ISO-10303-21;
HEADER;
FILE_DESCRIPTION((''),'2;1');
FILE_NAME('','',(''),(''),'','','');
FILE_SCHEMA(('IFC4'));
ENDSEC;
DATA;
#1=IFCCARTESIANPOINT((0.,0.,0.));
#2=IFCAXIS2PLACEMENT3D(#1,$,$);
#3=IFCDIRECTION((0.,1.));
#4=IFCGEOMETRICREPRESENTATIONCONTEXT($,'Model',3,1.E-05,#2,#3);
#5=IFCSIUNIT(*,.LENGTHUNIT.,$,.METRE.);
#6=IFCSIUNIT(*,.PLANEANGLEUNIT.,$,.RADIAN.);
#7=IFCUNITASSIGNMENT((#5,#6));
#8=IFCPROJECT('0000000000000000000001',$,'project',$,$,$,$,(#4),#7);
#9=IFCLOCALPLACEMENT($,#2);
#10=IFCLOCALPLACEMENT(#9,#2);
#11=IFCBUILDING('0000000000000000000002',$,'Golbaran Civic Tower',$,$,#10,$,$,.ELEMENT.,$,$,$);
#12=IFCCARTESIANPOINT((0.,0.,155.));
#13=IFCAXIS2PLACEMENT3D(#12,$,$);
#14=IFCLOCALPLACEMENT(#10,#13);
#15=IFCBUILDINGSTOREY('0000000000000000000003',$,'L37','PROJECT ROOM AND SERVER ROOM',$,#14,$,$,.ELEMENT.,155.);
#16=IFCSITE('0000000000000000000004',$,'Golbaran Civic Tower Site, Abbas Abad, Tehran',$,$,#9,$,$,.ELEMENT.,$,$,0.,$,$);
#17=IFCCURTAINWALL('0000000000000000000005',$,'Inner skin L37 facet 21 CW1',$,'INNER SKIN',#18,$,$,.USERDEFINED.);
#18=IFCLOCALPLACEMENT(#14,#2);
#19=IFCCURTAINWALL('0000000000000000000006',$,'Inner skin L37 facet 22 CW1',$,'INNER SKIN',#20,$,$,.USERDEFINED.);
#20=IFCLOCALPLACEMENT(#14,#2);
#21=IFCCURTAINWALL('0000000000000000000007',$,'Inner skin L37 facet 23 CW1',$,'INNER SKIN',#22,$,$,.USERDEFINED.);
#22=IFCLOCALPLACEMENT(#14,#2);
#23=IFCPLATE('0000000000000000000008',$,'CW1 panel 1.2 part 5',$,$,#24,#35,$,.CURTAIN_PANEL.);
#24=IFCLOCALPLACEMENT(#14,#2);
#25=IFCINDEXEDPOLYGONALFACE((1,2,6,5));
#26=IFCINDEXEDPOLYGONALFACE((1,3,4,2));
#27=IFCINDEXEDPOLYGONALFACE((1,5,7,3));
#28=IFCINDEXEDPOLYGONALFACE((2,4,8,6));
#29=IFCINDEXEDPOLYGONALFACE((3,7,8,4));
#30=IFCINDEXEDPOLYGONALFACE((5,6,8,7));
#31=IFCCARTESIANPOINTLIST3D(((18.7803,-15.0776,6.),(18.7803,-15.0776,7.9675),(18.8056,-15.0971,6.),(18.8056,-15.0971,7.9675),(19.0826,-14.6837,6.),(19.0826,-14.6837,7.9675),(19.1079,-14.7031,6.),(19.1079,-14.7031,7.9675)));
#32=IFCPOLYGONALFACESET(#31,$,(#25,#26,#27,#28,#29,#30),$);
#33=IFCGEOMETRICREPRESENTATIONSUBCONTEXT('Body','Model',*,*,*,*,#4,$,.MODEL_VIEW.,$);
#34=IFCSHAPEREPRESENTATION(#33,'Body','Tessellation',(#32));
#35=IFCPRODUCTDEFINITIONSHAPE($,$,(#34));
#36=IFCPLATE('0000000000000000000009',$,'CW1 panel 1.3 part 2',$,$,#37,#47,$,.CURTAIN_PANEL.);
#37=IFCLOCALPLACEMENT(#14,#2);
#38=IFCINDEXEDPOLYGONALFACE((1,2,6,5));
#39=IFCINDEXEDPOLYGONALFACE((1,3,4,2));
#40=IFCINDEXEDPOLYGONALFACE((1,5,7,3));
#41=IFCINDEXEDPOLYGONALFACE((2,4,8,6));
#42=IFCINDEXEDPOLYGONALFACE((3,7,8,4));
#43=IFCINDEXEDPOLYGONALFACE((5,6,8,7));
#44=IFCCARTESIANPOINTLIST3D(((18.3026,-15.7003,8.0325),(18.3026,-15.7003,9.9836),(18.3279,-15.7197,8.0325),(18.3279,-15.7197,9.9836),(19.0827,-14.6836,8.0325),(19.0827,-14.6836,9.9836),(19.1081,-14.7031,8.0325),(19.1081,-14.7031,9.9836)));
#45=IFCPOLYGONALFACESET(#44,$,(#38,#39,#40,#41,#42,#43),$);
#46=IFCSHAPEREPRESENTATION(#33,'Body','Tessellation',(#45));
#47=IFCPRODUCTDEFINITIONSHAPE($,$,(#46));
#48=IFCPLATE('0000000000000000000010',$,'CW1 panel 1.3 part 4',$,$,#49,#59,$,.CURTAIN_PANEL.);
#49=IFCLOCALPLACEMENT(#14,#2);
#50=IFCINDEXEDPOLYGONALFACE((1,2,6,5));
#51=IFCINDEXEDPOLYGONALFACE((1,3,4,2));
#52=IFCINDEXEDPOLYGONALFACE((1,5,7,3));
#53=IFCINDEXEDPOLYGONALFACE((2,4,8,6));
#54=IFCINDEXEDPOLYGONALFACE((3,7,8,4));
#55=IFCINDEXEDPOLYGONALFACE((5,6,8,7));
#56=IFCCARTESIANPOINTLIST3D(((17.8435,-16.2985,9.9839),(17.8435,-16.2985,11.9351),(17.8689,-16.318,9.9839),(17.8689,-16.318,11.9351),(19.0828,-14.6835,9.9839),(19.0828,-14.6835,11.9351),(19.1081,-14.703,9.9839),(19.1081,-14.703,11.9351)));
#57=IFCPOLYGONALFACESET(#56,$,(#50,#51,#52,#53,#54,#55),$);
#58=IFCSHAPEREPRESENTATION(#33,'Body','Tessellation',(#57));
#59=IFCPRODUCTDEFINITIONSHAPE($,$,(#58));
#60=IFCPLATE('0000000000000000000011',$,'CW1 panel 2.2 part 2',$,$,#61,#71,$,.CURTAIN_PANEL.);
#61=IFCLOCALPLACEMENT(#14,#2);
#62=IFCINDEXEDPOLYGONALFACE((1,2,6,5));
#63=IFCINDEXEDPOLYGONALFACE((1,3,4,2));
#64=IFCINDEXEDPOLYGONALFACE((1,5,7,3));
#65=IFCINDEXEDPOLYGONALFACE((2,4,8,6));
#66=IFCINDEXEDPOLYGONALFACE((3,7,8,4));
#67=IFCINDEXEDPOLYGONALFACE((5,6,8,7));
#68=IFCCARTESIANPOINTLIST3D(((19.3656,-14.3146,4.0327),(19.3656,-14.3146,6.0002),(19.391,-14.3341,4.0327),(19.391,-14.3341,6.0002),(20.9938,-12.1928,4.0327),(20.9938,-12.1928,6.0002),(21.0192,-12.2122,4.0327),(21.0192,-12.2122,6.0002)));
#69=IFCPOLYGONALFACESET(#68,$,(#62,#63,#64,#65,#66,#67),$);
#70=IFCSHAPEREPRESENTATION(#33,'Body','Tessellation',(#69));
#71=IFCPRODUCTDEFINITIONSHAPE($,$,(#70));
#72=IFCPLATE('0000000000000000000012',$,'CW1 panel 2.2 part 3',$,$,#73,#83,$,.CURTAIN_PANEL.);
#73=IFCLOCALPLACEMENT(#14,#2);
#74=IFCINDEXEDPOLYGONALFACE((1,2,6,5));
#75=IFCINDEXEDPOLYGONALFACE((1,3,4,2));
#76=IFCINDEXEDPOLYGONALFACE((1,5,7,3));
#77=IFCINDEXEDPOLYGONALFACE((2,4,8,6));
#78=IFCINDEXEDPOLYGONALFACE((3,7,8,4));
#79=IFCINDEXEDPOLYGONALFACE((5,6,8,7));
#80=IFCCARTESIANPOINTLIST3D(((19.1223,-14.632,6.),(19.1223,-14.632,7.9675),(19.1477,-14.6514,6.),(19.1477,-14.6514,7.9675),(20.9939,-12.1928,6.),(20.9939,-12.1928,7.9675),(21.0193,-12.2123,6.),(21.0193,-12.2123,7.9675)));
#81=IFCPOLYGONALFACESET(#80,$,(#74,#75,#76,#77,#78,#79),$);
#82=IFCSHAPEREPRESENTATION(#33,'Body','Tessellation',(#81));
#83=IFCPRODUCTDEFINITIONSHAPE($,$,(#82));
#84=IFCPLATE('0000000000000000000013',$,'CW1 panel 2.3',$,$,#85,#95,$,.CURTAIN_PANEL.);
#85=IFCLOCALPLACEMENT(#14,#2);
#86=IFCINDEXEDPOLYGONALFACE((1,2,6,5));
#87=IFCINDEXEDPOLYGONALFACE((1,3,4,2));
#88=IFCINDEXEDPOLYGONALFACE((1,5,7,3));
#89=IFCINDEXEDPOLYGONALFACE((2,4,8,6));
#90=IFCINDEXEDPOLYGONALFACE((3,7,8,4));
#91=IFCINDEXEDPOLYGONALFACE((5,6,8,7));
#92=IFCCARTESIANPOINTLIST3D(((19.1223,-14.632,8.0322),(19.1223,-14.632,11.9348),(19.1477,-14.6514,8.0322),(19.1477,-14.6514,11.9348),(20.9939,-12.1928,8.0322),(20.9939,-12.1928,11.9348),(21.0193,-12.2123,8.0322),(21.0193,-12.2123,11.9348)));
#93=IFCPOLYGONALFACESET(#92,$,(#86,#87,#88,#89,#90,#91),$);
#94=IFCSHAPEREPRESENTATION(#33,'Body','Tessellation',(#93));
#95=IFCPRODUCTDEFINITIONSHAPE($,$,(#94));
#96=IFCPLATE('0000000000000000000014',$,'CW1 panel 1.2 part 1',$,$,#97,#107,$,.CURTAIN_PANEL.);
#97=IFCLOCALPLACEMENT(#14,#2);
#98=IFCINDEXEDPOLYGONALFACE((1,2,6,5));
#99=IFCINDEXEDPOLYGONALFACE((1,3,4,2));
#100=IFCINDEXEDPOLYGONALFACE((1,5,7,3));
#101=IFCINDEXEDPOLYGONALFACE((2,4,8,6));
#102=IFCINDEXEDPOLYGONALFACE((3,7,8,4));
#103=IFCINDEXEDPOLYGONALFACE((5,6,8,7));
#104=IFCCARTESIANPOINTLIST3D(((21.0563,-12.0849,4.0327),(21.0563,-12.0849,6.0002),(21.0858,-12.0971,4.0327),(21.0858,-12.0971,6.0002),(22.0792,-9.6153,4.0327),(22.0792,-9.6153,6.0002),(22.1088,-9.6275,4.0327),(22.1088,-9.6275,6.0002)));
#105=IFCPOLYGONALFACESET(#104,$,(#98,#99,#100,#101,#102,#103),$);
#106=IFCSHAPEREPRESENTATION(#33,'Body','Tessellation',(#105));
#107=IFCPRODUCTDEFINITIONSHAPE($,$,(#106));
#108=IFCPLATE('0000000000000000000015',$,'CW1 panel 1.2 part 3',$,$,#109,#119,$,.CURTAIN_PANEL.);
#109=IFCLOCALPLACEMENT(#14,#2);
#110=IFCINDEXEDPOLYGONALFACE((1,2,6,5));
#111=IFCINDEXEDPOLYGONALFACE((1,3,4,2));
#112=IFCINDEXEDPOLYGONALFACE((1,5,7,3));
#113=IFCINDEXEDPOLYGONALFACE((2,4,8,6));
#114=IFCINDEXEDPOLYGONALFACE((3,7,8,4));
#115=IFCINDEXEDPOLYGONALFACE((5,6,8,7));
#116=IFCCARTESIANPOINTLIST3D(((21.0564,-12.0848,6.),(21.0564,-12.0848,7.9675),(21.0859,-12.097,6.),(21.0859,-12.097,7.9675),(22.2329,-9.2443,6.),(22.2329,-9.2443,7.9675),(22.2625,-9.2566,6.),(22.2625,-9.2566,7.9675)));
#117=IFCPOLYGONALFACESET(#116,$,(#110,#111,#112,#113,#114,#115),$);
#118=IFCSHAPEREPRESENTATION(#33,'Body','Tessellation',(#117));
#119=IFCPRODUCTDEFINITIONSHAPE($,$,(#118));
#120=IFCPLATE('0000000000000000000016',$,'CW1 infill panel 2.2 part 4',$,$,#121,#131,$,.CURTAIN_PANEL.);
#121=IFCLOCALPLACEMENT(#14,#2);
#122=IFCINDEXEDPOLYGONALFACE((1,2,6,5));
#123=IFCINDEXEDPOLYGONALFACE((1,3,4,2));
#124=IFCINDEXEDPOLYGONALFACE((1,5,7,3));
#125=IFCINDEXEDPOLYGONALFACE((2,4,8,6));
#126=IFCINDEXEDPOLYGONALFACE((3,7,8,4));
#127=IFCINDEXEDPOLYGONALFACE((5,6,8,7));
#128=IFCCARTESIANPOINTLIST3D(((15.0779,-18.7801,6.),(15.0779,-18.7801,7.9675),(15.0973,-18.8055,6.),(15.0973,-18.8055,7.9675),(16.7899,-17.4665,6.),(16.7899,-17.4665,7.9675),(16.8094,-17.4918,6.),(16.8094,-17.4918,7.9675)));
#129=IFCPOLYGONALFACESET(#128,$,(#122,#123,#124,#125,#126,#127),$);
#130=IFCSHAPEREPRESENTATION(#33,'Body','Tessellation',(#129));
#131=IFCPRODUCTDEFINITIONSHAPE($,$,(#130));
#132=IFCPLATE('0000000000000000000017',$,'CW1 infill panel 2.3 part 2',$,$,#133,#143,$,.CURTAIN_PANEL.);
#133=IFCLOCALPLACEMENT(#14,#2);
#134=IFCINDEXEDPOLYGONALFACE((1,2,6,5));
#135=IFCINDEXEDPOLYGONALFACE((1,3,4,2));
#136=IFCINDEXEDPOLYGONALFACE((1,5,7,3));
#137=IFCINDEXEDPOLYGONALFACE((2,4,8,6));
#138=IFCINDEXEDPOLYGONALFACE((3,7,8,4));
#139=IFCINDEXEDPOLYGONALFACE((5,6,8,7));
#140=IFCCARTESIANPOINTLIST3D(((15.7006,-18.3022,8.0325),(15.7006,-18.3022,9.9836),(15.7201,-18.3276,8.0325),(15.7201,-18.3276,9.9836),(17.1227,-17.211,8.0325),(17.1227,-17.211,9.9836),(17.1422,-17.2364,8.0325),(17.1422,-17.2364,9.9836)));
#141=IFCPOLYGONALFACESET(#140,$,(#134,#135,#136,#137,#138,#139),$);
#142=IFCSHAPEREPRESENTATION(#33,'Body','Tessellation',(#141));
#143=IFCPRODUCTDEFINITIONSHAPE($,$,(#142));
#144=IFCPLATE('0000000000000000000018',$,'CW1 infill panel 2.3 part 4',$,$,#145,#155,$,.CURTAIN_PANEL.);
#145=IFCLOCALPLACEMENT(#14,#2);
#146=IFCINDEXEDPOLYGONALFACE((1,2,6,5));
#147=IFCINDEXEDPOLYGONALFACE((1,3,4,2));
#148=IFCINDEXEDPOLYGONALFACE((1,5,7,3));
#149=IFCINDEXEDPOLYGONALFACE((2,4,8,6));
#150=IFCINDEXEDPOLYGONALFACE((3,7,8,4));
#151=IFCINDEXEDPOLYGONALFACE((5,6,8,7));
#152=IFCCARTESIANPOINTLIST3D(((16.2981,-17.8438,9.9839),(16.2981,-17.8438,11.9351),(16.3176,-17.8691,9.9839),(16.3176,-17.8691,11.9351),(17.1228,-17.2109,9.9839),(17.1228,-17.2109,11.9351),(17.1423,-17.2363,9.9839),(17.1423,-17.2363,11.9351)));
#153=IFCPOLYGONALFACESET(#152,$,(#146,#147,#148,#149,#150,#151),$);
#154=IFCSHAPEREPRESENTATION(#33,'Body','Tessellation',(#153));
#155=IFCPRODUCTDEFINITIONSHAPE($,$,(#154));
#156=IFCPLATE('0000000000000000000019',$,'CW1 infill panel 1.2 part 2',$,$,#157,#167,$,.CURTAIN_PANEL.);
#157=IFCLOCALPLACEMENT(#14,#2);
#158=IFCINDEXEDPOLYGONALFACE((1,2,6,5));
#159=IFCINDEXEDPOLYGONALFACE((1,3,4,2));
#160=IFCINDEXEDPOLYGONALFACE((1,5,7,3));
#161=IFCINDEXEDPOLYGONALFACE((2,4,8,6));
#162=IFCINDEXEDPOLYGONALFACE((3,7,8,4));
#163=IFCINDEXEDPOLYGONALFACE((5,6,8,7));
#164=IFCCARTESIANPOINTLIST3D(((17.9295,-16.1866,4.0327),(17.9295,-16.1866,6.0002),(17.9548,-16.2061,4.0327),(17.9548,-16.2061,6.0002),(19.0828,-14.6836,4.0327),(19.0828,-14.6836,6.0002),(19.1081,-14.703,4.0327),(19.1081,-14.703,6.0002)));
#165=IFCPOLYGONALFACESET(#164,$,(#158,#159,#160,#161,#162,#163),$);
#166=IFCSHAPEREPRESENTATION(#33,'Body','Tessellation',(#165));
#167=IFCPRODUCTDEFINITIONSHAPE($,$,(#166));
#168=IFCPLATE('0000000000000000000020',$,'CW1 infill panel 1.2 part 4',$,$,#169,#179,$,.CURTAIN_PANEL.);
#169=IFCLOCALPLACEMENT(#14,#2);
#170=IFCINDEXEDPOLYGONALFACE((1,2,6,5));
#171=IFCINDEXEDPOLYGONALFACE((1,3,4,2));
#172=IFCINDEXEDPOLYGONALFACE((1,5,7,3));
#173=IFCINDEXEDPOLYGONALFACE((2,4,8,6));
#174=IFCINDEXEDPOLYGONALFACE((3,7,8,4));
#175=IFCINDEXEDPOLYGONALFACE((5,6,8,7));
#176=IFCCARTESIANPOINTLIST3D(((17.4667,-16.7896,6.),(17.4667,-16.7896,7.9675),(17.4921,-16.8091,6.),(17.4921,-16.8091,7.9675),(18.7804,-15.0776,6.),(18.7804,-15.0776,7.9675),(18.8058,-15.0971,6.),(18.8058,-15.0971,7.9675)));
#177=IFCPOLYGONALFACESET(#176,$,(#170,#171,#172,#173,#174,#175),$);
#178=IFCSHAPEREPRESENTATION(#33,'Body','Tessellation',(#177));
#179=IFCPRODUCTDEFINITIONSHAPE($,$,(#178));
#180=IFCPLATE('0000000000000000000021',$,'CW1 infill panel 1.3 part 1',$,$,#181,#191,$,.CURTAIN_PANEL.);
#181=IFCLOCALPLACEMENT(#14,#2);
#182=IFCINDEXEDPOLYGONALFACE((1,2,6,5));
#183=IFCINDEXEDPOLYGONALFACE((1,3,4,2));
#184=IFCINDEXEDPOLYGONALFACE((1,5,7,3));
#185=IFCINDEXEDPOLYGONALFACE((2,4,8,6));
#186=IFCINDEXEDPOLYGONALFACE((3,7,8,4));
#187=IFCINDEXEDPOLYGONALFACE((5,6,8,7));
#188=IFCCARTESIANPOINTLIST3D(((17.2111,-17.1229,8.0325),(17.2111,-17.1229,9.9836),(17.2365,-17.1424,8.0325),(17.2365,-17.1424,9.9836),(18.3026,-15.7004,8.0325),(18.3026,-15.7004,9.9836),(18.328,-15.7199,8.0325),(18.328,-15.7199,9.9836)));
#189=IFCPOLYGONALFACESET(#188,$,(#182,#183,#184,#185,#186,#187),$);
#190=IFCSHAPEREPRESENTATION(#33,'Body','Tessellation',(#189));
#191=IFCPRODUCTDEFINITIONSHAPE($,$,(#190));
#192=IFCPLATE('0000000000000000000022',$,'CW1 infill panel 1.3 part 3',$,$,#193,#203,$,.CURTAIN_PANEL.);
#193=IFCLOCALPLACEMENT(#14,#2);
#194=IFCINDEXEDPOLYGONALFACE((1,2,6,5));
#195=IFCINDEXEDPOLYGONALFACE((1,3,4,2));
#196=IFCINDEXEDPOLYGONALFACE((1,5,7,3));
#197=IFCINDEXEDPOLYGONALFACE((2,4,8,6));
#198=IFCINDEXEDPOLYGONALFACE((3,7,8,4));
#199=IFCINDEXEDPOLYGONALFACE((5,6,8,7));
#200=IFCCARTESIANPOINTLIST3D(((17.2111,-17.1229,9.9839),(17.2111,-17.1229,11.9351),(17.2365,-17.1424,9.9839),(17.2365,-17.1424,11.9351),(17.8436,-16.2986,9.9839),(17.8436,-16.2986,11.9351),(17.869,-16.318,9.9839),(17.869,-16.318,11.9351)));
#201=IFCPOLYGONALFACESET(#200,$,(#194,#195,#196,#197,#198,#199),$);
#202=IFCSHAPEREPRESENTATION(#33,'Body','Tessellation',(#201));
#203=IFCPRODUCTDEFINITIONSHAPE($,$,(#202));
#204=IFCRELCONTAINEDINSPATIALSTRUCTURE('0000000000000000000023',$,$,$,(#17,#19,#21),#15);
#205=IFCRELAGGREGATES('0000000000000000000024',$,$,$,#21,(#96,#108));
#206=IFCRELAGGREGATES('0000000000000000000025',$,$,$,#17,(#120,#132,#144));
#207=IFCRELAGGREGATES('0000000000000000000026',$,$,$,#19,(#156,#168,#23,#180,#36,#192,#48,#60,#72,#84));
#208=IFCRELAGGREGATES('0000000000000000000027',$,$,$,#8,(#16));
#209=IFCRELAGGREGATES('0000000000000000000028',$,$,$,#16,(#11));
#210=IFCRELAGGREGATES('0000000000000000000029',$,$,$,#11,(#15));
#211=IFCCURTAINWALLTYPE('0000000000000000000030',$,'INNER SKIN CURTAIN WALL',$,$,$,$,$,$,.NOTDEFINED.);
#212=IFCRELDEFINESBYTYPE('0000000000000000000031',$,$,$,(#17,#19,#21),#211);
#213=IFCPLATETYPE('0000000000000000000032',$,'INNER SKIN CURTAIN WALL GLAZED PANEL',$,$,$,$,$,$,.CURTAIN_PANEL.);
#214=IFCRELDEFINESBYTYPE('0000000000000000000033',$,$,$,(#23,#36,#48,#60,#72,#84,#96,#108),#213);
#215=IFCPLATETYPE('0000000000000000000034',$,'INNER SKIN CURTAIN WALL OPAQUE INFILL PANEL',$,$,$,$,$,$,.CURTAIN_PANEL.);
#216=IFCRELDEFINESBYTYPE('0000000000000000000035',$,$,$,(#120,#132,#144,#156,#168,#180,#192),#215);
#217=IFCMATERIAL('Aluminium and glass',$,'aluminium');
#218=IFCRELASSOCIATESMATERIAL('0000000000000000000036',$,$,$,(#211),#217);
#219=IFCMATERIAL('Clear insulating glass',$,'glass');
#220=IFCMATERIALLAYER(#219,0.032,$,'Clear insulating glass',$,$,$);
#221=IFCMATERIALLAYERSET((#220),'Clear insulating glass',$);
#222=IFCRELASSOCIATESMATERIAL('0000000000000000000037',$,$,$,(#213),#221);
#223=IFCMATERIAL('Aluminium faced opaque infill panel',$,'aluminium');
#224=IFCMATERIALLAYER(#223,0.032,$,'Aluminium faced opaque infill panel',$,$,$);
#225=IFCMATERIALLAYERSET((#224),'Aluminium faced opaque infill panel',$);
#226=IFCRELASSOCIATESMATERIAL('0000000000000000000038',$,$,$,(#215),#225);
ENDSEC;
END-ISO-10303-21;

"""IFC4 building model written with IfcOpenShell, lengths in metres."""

from ifc_helpers import new_model, si_unit, direction, frame, origin, origin_2d, place, context, subcontext, project, spatial, rectangle, extrude, material, layer, layer_set, type_object, element, aggregate, save


model = new_model("IFC4")

# Units and contexts
model_context = context("Model", 3, precision=1e-05, world=origin(), true_north=direction((0.0, 1.0)))
body_context = subcontext(model_context, "Body", "Model", "MODEL_VIEW")
ifc_project = project(units=[si_unit("LENGTHUNIT", "METRE"), si_unit("PLANEANGLEUNIT", "RADIAN")], contexts=[model_context])

# Site, building, storey
site_placement = place(None, origin())
site = spatial("IfcSite", under=ifc_project, at=site_placement, Name="Golbaran Civic Tower Site, Abbas Abad, Tehran", CompositionType="ELEMENT", RefElevation=0.0)
building_placement = place(site_placement, origin())
building = spatial("IfcBuilding", under=site, at=building_placement, Name="Golbaran Civic Tower", CompositionType="ELEMENT")
storey_placement = place(building_placement, frame((0.0, 0.0, 155.0)))
storey = spatial("IfcBuildingStorey", under=building, at=storey_placement, Name="L37", Description="PROJECT ROOM AND SERVER ROOM", CompositionType="ELEMENT", Elevation=155.0)

# Curtain walls
ifc_material_1 = material(Name="Aluminium and glass", Category="aluminium")
curtain_wall_type = type_object("IfcCurtainWallType", Name="INNER SKIN CURTAIN WALL", PredefinedType="NOTDEFINED", material=ifc_material_1)
curtain_wall_1_placement = place(storey_placement, origin())
curtain_wall_1 = element("IfcCurtainWall", 1, at=curtain_wall_1_placement, inside=storey, type_object=curtain_wall_type, Name="Inner skin L37 facet 21 CW1", ObjectType="INNER SKIN", PredefinedType="USERDEFINED")
curtain_wall_2_placement = place(storey_placement, origin())
curtain_wall_2 = element("IfcCurtainWall", 2, at=curtain_wall_2_placement, inside=storey, type_object=curtain_wall_type, Name="Inner skin L37 facet 22 CW1", ObjectType="INNER SKIN", PredefinedType="USERDEFINED")
curtain_wall_3_placement = place(storey_placement, origin())
curtain_wall_3 = element("IfcCurtainWall", 3, at=curtain_wall_3_placement, inside=storey, type_object=curtain_wall_type, Name="Inner skin L37 facet 23 CW1", ObjectType="INNER SKIN", PredefinedType="USERDEFINED")

# Plates
ifc_material_2 = material(Name="Clear insulating glass", Category="glass")
ifc_layer_1 = layer(ifc_material_2, 0.032, Name="Clear insulating glass")
ifc_layer_set_1 = layer_set([ifc_layer_1], Name="Clear insulating glass")
plate_type_1 = type_object("IfcPlateType", Name="INNER SKIN CURTAIN WALL GLAZED PANEL", PredefinedType="CURTAIN_PANEL", material=ifc_layer_set_1)
plate_1_placement = place(storey_placement, frame((18.9441, -14.8904, 6.0), z_axis=(0.0, 0.0, 1.0), x_axis=(0.608761, 0.793353, 0.0)))
plate_1 = element("IfcPlate", 4, at=plate_1_placement, type_object=plate_type_1, Name="CW1 panel 1.2 part 5", PredefinedType="CURTAIN_PANEL", context=body_context, shape_type="SweptSolid", body=[
    extrude(rectangle(XDim=0.4966, YDim=0.032, at=origin_2d()), origin(), (0.0, 0.0, 1.0), 1.9675),
])
plate_2_placement = place(storey_placement, frame((18.7053, -15.2017, 8.0325), z_axis=(0.0, 0.0, 1.0), x_axis=(0.608761, 0.793353, 0.0)))
plate_2 = element("IfcPlate", 5, at=plate_2_placement, type_object=plate_type_1, Name="CW1 panel 1.3 part 2", PredefinedType="CURTAIN_PANEL", context=body_context, shape_type="SweptSolid", body=[
    extrude(rectangle(XDim=1.2815, YDim=0.032, at=origin_2d()), origin(), (0.0, 0.0, 1.0), 1.9512),
])
plate_3_placement = place(storey_placement, frame((18.4758, -15.5007, 9.9839), z_axis=(0.0, 0.0, 1.0), x_axis=(0.608761, 0.793353, 0.0)))
plate_3 = element("IfcPlate", 6, at=plate_3_placement, type_object=plate_type_1, Name="CW1 panel 1.3 part 4", PredefinedType="CURTAIN_PANEL", context=body_context, shape_type="SweptSolid", body=[
    extrude(rectangle(XDim=2.0356, YDim=0.032, at=origin_2d()), origin(), (0.0, 0.0, 1.0), 1.9512),
])
plate_4_placement = place(storey_placement, frame((20.1924, -13.2634, 4.0327), z_axis=(0.0, 0.0, 1.0), x_axis=(0.608761, 0.793353, 0.0)))
plate_4 = element("IfcPlate", 7, at=plate_4_placement, type_object=plate_type_1, Name="CW1 panel 2.2 part 2", PredefinedType="CURTAIN_PANEL", context=body_context, shape_type="SweptSolid", body=[
    extrude(rectangle(XDim=2.6746, YDim=0.032, at=origin_2d()), origin(), (0.0, 0.0, 1.0), 1.9675),
])
plate_5_placement = place(storey_placement, frame((20.0708, -13.4221, 6.0), z_axis=(0.0, 0.0, 1.0), x_axis=(0.608761, 0.793353, 0.0)))
plate_5 = element("IfcPlate", 8, at=plate_5_placement, type_object=plate_type_1, Name="CW1 panel 2.2 part 3", PredefinedType="CURTAIN_PANEL", context=body_context, shape_type="SweptSolid", body=[
    extrude(rectangle(XDim=3.0745, YDim=0.032, at=origin_2d()), origin(), (0.0, 0.0, 1.0), 1.9675),
])
plate_6_placement = place(storey_placement, frame((20.0708, -13.4221, 8.0322), z_axis=(0.0, 0.0, 1.0), x_axis=(0.608761, 0.793353, 0.0)))
plate_6 = element("IfcPlate", 9, at=plate_6_placement, type_object=plate_type_1, Name="CW1 panel 2.3", PredefinedType="CURTAIN_PANEL", context=body_context, shape_type="SweptSolid", body=[
    extrude(rectangle(XDim=3.0745, YDim=0.032, at=origin_2d()), origin(), (0.0, 0.0, 1.0), 3.9026),
])
plate_7_placement = place(storey_placement, frame((21.5825, -10.8562, 4.0327), z_axis=(0.0, 0.0, 1.0), x_axis=(0.382683, 0.92388, 0.0)))
plate_7 = element("IfcPlate", 10, at=plate_7_placement, type_object=plate_type_1, Name="CW1 panel 1.2 part 1", PredefinedType="CURTAIN_PANEL", context=body_context, shape_type="SweptSolid", body=[
    extrude(rectangle(XDim=2.6731, YDim=0.032, at=origin_2d()), origin(), (0.0, 0.0, 1.0), 1.9675),
])
plate_8_placement = place(storey_placement, frame((21.6594, -10.6707, 6.0), z_axis=(0.0, 0.0, 1.0), x_axis=(0.382683, 0.92388, 0.0)))
plate_8 = element("IfcPlate", 11, at=plate_8_placement, type_object=plate_type_1, Name="CW1 panel 1.2 part 3", PredefinedType="CURTAIN_PANEL", context=body_context, shape_type="SweptSolid", body=[
    extrude(rectangle(XDim=3.0745, YDim=0.032, at=origin_2d()), origin(), (0.0, 0.0, 1.0), 1.9675),
])
aggregate(curtain_wall_3, [plate_7, plate_8])
ifc_material_3 = material(Name="Aluminium faced opaque infill panel", Category="aluminium")
ifc_layer_2 = layer(ifc_material_3, 0.032, Name="Aluminium faced opaque infill panel")
ifc_layer_set_2 = layer_set([ifc_layer_2], Name="Aluminium faced opaque infill panel")
plate_type_2 = type_object("IfcPlateType", Name="INNER SKIN CURTAIN WALL OPAQUE INFILL PANEL", PredefinedType="CURTAIN_PANEL", material=ifc_layer_set_2)
plate_9_placement = place(storey_placement, frame((15.9436, -18.136, 6.0), z_axis=(0.0, 0.0, 1.0), x_axis=(0.793353, 0.608761, 0.0)))
plate_9 = element("IfcPlate", 12, at=plate_9_placement, type_object=plate_type_2, Name="CW1 infill panel 2.2 part 4", PredefinedType="CURTAIN_PANEL", context=body_context, shape_type="SweptSolid", body=[
    extrude(rectangle(XDim=2.158, YDim=0.032, at=origin_2d()), origin(), (0.0, 0.0, 1.0), 1.9675),
])
plate_10_placement = place(storey_placement, frame((16.4214, -17.7693, 8.0325), z_axis=(0.0, 0.0, 1.0), x_axis=(0.793353, 0.608761, 0.0)))
plate_10 = element("IfcPlate", 13, at=plate_10_placement, type_object=plate_type_2, Name="CW1 infill panel 2.3 part 2", PredefinedType="CURTAIN_PANEL", context=body_context, shape_type="SweptSolid", body=[
    extrude(rectangle(XDim=1.7925, YDim=0.032, at=origin_2d()), origin(), (0.0, 0.0, 1.0), 1.9512),
])
plate_11_placement = place(storey_placement, frame((16.7202, -17.54, 9.9839), z_axis=(0.0, 0.0, 1.0), x_axis=(0.793353, 0.608761, 0.0)))
plate_11 = element("IfcPlate", 14, at=plate_11_placement, type_object=plate_type_2, Name="CW1 infill panel 2.3 part 4", PredefinedType="CURTAIN_PANEL", context=body_context, shape_type="SweptSolid", body=[
    extrude(rectangle(XDim=1.0396, YDim=0.032, at=origin_2d()), origin(), (0.0, 0.0, 1.0), 1.9512),
])
aggregate(curtain_wall_1, [plate_9, plate_10, plate_11])
plate_12_placement = place(storey_placement, frame((18.5188, -15.4448, 4.0327), z_axis=(0.0, 0.0, 1.0), x_axis=(0.608761, 0.793353, 0.0)))
plate_12 = element("IfcPlate", 15, at=plate_12_placement, type_object=plate_type_2, Name="CW1 infill panel 1.2 part 2", PredefinedType="CURTAIN_PANEL", context=body_context, shape_type="SweptSolid", body=[
    extrude(rectangle(XDim=1.8945, YDim=0.032, at=origin_2d()), origin(), (0.0, 0.0, 1.0), 1.9675),
])
plate_13_placement = place(storey_placement, frame((18.1362, -15.9434, 6.0), z_axis=(0.0, 0.0, 1.0), x_axis=(0.608761, 0.793353, 0.0)))
plate_13 = element("IfcPlate", 16, at=plate_13_placement, type_object=plate_type_2, Name="CW1 infill panel 1.2 part 4", PredefinedType="CURTAIN_PANEL", context=body_context, shape_type="SweptSolid", body=[
    extrude(rectangle(XDim=2.158, YDim=0.032, at=origin_2d()), origin(), (0.0, 0.0, 1.0), 1.9675),
])
plate_14_placement = place(storey_placement, frame((17.7695, -16.4214, 8.0325), z_axis=(0.0, 0.0, 1.0), x_axis=(0.608761, 0.793353, 0.0)))
plate_14 = element("IfcPlate", 17, at=plate_14_placement, type_object=plate_type_2, Name="CW1 infill panel 1.3 part 1", PredefinedType="CURTAIN_PANEL", context=body_context, shape_type="SweptSolid", body=[
    extrude(rectangle(XDim=1.793, YDim=0.032, at=origin_2d()), origin(), (0.0, 0.0, 1.0), 1.9512),
])
plate_15_placement = place(storey_placement, frame((17.54, -16.7205, 9.9839), z_axis=(0.0, 0.0, 1.0), x_axis=(0.608761, 0.793353, 0.0)))
plate_15 = element("IfcPlate", 18, at=plate_15_placement, type_object=plate_type_2, Name="CW1 infill panel 1.3 part 3", PredefinedType="CURTAIN_PANEL", context=body_context, shape_type="SweptSolid", body=[
    extrude(rectangle(XDim=1.0391, YDim=0.032, at=origin_2d()), origin(), (0.0, 0.0, 1.0), 1.9512),
])
aggregate(curtain_wall_2, [plate_12, plate_13, plate_1, plate_14, plate_2, plate_15, plate_3, plate_4, plate_5, plate_6])

save(model, "model.ifc")
